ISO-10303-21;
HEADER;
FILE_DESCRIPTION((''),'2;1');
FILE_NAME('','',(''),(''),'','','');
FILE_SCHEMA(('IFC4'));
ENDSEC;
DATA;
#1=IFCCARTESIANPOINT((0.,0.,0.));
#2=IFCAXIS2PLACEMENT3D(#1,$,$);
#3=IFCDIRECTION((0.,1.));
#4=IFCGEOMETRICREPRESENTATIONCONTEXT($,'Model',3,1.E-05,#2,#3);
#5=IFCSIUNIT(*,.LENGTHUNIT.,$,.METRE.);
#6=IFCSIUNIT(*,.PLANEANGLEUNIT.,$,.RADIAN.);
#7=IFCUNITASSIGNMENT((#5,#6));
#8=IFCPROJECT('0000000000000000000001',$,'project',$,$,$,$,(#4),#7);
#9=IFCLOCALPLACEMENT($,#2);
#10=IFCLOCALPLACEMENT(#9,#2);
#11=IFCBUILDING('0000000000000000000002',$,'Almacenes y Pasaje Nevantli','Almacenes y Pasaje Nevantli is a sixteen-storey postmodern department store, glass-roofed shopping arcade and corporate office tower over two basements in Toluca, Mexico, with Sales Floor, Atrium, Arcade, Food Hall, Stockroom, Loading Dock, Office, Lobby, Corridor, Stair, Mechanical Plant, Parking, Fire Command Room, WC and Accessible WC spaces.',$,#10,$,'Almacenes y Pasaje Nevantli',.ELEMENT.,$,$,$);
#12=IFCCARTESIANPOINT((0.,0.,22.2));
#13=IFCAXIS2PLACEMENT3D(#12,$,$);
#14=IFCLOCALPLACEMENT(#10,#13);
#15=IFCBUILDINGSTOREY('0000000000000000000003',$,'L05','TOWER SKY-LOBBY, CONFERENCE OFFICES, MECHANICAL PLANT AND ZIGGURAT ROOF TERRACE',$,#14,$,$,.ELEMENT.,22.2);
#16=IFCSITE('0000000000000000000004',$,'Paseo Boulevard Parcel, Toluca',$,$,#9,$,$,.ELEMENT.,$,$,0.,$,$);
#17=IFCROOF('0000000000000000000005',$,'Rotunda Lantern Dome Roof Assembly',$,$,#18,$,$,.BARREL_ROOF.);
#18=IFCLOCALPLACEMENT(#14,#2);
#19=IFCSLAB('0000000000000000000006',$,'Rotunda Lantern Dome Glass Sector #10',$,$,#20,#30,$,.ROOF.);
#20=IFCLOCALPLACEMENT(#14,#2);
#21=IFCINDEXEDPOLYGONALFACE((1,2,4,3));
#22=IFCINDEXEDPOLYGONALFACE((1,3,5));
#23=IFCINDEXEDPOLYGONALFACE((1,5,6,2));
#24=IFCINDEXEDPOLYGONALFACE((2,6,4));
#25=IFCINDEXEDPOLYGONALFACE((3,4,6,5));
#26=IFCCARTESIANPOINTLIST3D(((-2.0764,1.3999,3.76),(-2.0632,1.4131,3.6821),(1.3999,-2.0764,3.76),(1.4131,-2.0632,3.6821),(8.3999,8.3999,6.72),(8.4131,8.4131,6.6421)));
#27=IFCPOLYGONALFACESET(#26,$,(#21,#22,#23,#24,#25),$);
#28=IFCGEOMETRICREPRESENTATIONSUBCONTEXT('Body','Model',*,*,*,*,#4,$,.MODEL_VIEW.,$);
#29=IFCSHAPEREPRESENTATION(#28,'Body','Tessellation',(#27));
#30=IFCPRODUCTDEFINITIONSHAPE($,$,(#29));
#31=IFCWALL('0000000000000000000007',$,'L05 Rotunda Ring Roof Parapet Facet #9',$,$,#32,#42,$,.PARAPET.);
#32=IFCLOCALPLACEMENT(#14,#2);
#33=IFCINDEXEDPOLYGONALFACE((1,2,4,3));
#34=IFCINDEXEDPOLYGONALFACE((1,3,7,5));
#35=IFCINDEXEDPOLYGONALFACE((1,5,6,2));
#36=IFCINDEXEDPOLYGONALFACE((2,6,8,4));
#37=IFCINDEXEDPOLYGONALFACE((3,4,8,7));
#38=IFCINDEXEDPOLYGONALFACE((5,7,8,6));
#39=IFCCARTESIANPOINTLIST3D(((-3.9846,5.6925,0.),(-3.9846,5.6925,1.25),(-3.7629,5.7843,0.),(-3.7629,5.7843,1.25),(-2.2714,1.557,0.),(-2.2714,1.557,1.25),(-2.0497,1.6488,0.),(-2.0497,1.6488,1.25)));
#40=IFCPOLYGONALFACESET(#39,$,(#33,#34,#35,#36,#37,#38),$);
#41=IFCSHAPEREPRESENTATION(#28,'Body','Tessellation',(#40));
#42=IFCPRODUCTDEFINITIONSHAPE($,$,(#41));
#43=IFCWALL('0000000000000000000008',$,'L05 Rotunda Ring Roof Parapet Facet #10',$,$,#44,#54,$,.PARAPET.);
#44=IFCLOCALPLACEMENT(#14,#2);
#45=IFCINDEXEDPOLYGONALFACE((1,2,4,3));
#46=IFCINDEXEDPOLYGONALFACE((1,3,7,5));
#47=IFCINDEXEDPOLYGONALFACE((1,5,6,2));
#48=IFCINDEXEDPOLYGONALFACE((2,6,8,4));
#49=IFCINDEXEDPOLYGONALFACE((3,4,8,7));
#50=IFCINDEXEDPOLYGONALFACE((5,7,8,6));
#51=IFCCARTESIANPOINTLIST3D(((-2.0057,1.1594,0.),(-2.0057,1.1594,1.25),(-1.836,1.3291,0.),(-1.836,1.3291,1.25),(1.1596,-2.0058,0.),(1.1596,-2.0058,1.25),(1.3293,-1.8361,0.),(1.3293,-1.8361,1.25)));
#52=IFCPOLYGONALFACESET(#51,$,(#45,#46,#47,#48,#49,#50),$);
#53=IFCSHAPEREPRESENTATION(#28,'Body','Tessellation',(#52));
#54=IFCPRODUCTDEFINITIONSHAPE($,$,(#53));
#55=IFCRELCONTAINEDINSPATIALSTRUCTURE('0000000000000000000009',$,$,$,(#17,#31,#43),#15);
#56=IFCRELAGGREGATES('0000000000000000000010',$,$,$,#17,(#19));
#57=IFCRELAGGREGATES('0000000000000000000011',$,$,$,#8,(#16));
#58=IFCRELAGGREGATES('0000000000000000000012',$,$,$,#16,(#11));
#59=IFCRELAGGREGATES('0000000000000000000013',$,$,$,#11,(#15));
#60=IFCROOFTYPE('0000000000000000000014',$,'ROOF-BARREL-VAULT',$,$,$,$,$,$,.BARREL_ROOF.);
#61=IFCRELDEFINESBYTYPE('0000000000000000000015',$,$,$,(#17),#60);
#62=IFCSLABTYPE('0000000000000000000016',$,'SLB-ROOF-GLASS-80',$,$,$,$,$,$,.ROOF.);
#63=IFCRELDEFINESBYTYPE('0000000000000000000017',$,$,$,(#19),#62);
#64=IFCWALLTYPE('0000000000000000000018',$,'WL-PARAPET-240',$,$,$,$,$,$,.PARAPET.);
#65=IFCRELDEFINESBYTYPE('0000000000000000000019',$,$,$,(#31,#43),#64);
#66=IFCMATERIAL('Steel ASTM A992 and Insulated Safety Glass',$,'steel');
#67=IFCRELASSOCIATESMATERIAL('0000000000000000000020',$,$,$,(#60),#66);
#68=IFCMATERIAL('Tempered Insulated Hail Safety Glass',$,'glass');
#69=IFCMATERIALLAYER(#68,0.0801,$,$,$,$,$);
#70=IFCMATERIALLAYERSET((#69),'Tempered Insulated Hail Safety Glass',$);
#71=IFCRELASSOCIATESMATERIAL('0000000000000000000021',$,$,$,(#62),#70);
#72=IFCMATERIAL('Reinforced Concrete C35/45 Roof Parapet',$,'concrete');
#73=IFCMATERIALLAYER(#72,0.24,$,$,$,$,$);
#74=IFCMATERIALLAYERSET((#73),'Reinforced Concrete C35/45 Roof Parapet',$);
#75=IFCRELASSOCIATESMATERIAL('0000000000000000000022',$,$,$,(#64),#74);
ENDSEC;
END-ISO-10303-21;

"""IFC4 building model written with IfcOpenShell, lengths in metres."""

from ifc_helpers import new_model, si_unit, direction, frame, frame_2d, origin, place, context, subcontext, project, spatial, polyline, rectangle, outline, extrude, material, layer, layer_set, type_object, element, aggregate, save


model = new_model("IFC4")

# Units and contexts
model_context = context("Model", 3, precision=1e-05, world=origin(), true_north=direction((0.0, 1.0)))
body_context = subcontext(model_context, "Body", "Model", "MODEL_VIEW")
ifc_project = project(units=[si_unit("LENGTHUNIT", "METRE"), si_unit("PLANEANGLEUNIT", "RADIAN")], contexts=[model_context])

# Site, building, storey
site_placement = place(None, origin())
site = spatial("IfcSite", under=ifc_project, at=site_placement, Name="Paseo Boulevard Parcel, Toluca", CompositionType="ELEMENT", RefElevation=0.0)
building_placement = place(site_placement, origin())
building = spatial("IfcBuilding", under=site, at=building_placement, Name="Almacenes y Pasaje Nevantli", Description="Almacenes y Pasaje Nevantli is a sixteen-storey postmodern department store, glass-roofed shopping arcade and corporate office tower over two basements in Toluca, Mexico, with Sales Floor, Atrium, Arcade, Food Hall, Stockroom, Loading Dock, Office, Lobby, Corridor, Stair, Mechanical Plant, Parking, Fire Command Room, WC and Accessible WC spaces.", LongName="Almacenes y Pasaje Nevantli", CompositionType="ELEMENT")
storey_placement = place(building_placement, frame((0.0, 0.0, 22.2)))
storey = spatial("IfcBuildingStorey", under=building, at=storey_placement, Name="L05", Description="TOWER SKY-LOBBY, CONFERENCE OFFICES, MECHANICAL PLANT AND ZIGGURAT ROOF TERRACE", CompositionType="ELEMENT", Elevation=22.2)

# Roof, slab
ifc_material_1 = material(Name="Steel ASTM A992 and Insulated Safety Glass", Category="steel")
roof_type = type_object("IfcRoofType", Name="ROOF-BARREL-VAULT", PredefinedType="BARREL_ROOF", material=ifc_material_1)
roof_placement = place(storey_placement, origin())
roof = element("IfcRoof", 1, at=roof_placement, inside=storey, type_object=roof_type, Name="Rotunda Lantern Dome Roof Assembly", PredefinedType="BARREL_ROOF")
ifc_material_2 = material(Name="Tempered Insulated Hail Safety Glass", Category="glass")
ifc_layer_1 = layer(ifc_material_2, 0.0801)
ifc_layer_set_1 = layer_set([ifc_layer_1], Name="Tempered Insulated Hail Safety Glass")
slab_type_1 = type_object("IfcSlabType", Name="SLB-ROOF-GLASS-80", PredefinedType="ROOF", material=ifc_layer_set_1)
slab_1_placement = place(storey_placement, frame((-2.0764, 1.3999, 3.76), z_axis=(-0.164711, -0.164711, 0.972492), x_axis=(0.707107, -0.707107, 0.0)))
slab_1 = element("IfcSlab", 2, at=slab_1_placement, type_object=slab_type_1, Name="Rotunda Lantern Dome Glass Sector #10", PredefinedType="ROOF", context=body_context, shape_type="SweptSolid", body=[
    extrude(outline(polyline([(0.0, 0.0), (4.9163, 0.0), (2.4581, 12.7072), (0.0, 0.0)])), origin(), (0.0, 0.0, -1.0), 0.0801),
])
aggregate(roof, [slab_1])

# Walls
ifc_material_3 = material(Name="Reinforced Concrete C35/45 Roof Parapet", Category="concrete")
ifc_layer_2 = layer(ifc_material_3, 0.24)
ifc_layer_set_2 = layer_set([ifc_layer_2], Name="Reinforced Concrete C35/45 Roof Parapet")
wall_type = type_object("IfcWallType", Name="WL-PARAPET-240", PredefinedType="PARAPET", material=ifc_layer_set_2)
for number, where, z_axis, x_axis, name in (
    (3, (-3.8738, 5.7385, 0.0), (0.0, 0.0, 1.0), (0.382713, -0.923867, 0.0), "L05 Rotunda Ring Roof Parapet Facet #9"),
    (4, (-1.9209, 1.2444, 0.0), (0.0, 0.0, 1.0), (0.707107, -0.707107, 0.0), "L05 Rotunda Ring Roof Parapet Facet #10"),
):
    element("IfcWall", number, at=place(storey_placement, frame(where, z_axis=z_axis, x_axis=x_axis)), inside=storey, type_object=wall_type, Name=name, PredefinedType="PARAPET", context=body_context, shape_type="SweptSolid", body=[
        extrude(rectangle(XDim=4.4763, YDim=0.24, at=frame_2d((2.2383, 0.0))), origin(), (0.0, 0.0, 1.0), 1.25),
    ])

save(model, "model.ifc")
